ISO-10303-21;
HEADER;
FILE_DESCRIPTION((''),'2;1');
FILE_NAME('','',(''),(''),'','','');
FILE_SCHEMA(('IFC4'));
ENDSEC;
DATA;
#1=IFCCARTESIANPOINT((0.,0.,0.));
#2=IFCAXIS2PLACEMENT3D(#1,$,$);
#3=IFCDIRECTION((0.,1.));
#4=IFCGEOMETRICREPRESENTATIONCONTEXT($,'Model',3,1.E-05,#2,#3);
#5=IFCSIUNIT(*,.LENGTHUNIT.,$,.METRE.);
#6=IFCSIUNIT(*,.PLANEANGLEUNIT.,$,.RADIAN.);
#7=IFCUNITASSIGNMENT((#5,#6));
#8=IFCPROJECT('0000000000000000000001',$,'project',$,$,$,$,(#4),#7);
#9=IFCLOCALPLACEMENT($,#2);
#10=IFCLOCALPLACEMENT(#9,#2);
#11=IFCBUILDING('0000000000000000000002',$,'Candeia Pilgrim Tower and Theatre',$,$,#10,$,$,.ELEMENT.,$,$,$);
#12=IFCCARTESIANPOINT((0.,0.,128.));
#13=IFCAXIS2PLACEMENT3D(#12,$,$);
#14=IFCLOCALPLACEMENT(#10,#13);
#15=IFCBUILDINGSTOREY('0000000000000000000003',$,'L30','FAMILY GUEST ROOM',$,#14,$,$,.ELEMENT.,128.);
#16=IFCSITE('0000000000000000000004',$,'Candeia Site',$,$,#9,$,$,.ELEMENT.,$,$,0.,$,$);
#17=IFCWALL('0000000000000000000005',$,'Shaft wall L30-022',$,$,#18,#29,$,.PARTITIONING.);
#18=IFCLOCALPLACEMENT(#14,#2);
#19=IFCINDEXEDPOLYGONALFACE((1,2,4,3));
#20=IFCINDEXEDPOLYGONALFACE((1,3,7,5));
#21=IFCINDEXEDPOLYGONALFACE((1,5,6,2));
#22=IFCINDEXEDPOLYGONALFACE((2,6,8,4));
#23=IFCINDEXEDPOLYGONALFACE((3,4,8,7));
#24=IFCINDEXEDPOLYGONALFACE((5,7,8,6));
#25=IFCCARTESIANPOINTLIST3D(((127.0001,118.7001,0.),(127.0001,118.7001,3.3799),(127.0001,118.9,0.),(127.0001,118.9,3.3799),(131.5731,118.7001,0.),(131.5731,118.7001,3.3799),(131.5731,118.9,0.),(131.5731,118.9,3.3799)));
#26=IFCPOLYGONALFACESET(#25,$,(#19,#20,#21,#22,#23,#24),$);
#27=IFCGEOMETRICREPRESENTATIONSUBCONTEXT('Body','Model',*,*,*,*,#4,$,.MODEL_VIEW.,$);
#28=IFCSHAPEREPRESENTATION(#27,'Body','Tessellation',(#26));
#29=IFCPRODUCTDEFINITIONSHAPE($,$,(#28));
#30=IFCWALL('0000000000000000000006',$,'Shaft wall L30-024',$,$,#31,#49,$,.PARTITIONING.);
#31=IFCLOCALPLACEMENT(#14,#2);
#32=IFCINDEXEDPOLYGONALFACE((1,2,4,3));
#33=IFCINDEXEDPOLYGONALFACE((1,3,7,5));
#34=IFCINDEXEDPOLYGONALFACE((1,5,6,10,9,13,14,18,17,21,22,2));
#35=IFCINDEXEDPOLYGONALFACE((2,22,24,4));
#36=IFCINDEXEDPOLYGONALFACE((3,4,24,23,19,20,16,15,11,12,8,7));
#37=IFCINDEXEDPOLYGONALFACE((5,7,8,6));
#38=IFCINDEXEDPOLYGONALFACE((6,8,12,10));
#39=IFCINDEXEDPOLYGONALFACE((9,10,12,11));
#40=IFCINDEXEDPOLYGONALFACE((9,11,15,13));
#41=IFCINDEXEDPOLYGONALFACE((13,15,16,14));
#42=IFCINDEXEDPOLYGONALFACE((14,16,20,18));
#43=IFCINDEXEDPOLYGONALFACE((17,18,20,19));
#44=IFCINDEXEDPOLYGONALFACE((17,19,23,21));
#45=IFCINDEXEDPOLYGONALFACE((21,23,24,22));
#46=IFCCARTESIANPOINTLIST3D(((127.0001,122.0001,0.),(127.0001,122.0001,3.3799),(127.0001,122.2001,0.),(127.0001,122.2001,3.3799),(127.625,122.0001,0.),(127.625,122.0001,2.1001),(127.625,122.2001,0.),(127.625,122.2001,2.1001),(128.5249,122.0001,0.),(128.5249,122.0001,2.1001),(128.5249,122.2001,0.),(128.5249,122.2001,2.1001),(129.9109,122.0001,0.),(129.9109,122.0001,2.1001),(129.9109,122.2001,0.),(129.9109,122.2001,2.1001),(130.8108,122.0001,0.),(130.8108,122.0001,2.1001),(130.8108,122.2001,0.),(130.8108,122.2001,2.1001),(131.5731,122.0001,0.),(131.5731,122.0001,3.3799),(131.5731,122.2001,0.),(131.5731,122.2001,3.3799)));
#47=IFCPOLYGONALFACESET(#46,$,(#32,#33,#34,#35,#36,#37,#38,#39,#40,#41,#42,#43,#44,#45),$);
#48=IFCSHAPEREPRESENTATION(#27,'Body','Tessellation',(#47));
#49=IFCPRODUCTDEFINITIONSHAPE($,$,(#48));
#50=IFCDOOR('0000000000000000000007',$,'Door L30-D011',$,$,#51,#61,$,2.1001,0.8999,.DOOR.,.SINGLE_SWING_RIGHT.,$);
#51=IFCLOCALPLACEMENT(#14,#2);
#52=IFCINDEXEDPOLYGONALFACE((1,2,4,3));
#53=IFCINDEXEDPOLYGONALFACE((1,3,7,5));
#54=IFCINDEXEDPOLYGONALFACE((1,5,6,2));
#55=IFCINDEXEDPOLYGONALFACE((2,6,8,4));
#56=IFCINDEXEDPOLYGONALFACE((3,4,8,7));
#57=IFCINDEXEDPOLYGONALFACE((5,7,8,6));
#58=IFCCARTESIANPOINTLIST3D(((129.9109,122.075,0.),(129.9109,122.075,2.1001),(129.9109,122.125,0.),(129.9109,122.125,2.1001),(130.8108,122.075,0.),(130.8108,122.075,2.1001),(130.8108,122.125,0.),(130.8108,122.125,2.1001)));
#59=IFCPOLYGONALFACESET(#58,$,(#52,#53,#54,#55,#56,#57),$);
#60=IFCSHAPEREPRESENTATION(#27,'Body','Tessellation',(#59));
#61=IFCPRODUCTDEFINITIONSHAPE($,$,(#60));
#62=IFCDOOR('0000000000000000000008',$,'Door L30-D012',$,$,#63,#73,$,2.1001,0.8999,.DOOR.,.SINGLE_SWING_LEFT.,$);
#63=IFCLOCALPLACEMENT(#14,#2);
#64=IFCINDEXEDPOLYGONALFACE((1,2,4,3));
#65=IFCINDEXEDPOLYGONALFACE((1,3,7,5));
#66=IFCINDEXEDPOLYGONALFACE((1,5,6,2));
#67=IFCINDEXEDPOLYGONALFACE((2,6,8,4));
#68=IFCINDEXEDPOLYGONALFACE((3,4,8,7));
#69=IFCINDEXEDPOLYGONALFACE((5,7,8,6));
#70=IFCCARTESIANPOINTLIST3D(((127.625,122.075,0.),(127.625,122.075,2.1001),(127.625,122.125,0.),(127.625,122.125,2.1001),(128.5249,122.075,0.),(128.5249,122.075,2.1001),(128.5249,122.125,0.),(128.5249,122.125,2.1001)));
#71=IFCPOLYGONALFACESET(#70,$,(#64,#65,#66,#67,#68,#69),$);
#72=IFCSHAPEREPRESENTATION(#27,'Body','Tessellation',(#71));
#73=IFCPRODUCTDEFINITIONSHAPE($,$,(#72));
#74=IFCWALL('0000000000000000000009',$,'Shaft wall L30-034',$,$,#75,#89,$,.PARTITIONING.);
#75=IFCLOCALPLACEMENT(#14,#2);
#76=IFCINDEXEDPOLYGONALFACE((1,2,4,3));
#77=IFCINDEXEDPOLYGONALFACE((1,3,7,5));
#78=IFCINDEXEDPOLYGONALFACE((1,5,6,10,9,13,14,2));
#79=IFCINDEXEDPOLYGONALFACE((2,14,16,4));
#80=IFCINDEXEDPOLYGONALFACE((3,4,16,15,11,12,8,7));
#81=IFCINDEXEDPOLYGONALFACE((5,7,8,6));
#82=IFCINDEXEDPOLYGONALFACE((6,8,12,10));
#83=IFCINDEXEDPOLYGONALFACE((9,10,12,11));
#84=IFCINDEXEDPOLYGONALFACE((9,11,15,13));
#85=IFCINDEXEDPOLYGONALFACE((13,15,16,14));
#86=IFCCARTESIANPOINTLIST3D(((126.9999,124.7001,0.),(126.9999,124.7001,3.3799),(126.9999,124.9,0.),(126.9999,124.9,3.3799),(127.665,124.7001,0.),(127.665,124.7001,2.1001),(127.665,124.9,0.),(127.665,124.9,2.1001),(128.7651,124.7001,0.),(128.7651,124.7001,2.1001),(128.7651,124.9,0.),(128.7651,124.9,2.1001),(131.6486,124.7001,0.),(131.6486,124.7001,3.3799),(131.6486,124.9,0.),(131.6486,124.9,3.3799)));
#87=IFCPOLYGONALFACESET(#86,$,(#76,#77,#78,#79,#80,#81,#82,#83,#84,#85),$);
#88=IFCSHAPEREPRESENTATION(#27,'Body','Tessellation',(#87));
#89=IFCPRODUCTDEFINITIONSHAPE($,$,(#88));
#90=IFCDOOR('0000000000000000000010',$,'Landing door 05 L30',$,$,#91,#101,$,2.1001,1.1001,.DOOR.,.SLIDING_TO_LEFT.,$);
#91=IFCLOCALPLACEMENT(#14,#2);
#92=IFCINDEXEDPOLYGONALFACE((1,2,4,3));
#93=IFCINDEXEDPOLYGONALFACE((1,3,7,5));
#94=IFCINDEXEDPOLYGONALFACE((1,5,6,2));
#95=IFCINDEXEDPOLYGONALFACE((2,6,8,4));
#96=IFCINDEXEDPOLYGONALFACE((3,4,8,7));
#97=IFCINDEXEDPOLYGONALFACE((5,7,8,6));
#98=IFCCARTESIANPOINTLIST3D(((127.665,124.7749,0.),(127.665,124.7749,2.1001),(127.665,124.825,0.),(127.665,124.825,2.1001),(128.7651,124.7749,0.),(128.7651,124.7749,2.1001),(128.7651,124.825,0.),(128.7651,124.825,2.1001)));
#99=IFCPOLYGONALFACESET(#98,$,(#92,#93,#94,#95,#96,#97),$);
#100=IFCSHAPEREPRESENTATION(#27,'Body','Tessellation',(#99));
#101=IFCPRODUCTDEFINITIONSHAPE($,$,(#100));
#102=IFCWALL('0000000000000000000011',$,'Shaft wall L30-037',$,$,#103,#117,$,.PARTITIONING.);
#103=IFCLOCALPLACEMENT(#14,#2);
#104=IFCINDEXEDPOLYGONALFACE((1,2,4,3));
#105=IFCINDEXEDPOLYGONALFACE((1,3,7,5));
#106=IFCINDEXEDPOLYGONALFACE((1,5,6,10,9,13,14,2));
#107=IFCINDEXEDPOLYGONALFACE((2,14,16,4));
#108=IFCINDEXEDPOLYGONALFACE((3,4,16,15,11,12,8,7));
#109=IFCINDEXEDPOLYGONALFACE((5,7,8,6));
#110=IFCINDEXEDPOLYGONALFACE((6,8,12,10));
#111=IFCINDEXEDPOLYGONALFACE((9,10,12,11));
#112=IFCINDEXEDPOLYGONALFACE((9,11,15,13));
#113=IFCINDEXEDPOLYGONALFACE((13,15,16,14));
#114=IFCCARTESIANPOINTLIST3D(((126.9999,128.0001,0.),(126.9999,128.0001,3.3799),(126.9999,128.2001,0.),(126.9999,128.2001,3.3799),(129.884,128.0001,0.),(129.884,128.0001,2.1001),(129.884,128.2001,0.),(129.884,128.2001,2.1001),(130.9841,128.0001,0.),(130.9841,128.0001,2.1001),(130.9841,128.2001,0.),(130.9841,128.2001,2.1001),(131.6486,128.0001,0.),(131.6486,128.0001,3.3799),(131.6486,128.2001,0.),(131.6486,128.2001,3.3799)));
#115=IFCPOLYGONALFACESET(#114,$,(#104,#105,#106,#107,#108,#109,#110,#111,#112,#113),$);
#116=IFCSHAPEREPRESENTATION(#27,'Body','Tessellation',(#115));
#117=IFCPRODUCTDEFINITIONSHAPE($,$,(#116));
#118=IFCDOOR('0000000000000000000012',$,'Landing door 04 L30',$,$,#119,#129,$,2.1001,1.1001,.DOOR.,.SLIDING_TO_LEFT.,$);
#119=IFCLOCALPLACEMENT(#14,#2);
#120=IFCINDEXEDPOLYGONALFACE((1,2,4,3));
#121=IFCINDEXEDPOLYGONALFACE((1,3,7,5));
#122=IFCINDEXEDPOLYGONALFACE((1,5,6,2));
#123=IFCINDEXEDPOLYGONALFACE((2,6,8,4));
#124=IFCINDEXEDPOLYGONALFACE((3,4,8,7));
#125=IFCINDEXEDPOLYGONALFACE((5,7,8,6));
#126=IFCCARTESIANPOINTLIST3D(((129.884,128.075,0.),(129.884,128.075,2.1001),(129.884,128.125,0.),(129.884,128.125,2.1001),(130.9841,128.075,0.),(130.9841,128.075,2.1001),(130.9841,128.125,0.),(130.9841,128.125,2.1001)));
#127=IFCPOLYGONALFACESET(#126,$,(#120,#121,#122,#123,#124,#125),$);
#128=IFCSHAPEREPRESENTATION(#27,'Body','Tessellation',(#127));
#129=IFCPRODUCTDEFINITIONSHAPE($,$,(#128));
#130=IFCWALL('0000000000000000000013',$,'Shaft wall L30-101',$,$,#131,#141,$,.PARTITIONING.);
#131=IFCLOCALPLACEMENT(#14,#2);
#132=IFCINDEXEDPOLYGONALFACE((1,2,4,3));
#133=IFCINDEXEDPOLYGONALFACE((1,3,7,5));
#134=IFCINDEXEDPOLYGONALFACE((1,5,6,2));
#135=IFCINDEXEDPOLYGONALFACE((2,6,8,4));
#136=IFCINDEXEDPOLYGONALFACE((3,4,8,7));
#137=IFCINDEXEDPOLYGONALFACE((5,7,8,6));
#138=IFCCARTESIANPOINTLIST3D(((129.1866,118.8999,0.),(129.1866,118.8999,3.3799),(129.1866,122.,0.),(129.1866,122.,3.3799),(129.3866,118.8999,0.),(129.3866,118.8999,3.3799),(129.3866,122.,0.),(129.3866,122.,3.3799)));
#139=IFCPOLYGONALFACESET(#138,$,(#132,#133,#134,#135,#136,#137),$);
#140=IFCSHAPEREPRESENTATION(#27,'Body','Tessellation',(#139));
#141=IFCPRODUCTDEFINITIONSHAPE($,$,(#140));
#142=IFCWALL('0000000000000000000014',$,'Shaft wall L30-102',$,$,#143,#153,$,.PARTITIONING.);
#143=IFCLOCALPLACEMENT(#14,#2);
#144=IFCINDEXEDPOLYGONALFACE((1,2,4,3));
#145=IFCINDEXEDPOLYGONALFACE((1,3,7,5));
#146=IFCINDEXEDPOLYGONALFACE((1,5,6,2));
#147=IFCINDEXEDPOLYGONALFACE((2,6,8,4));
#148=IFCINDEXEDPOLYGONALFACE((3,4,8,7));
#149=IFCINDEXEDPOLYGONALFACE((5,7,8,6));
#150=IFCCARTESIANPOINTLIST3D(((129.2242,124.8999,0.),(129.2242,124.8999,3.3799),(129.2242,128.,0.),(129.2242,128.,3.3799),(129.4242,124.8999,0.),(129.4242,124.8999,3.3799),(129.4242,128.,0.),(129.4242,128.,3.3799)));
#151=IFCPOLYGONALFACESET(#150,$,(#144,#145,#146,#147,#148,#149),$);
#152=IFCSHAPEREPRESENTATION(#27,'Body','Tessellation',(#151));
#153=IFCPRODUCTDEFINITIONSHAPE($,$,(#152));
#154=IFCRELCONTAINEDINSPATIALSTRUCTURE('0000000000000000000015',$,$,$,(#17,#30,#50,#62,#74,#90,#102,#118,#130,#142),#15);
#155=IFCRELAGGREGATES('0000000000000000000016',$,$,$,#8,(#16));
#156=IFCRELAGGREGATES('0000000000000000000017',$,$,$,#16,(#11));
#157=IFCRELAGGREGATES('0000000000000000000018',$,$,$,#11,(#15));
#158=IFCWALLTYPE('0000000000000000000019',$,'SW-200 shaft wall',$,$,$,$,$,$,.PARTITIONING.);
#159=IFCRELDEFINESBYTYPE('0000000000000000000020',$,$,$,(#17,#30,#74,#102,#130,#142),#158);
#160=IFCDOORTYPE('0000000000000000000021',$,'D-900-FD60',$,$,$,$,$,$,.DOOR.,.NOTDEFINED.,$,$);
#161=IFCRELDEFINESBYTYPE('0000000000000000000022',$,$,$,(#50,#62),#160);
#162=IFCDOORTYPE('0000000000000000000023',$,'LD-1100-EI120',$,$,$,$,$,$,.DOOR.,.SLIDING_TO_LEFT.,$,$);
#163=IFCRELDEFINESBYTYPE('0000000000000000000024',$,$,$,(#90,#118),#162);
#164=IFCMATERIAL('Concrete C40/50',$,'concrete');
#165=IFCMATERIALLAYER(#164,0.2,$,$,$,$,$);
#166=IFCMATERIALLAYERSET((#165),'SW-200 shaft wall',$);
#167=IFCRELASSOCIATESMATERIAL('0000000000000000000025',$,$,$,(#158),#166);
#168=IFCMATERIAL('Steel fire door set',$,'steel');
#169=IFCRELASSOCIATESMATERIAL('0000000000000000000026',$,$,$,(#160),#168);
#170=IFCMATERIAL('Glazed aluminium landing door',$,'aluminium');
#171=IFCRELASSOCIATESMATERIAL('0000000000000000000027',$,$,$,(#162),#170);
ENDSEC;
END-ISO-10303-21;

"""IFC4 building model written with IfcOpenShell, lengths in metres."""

from ifc_helpers import new_model, si_unit, direction, frame, frame_2d, origin, place, context, subcontext, project, spatial, rectangle, extrude, material, layer, layer_set, type_object, element, fill, save


model = new_model("IFC4")

# Units and contexts
model_context = context("Model", 3, precision=1e-05, world=origin(), true_north=direction((0.0, 1.0)))
body_context = subcontext(model_context, "Body", "Model", "MODEL_VIEW")
ifc_project = project(units=[si_unit("LENGTHUNIT", "METRE"), si_unit("PLANEANGLEUNIT", "RADIAN")], contexts=[model_context])

# Site, building, storey
site_placement = place(None, origin())
site = spatial("IfcSite", under=ifc_project, at=site_placement, Name="Candeia Site", CompositionType="ELEMENT", RefElevation=0.0)
building_placement = place(site_placement, origin())
building = spatial("IfcBuilding", under=site, at=building_placement, Name="Candeia Pilgrim Tower and Theatre", CompositionType="ELEMENT")
storey_placement = place(building_placement, frame((0.0, 0.0, 128.0)))
storey = spatial("IfcBuildingStorey", under=building, at=storey_placement, Name="L30", Description="FAMILY GUEST ROOM", CompositionType="ELEMENT", Elevation=128.0)

# Shared definitions
ifc_material_1 = material(Name="Steel fire door set", Category="steel")

# Wall
ifc_material_2 = material(Name="Concrete C40/50", Category="concrete")
ifc_layer_1 = layer(ifc_material_2, 0.2)
ifc_layer_set_1 = layer_set([ifc_layer_1], Name="SW-200 shaft wall")
wall_type_1 = type_object("IfcWallType", Name="SW-200 shaft wall", PredefinedType="PARTITIONING", material=ifc_layer_set_1)
wall_1_placement = place(storey_placement, frame((127.0, 118.8, 0.0), z_axis=(0.0, 0.0, 1.0), x_axis=(1.0, 0.0, 0.0)))
element("IfcWall", 1, at=wall_1_placement, inside=storey, type_object=wall_type_1, Name="Shaft wall L30-022", PredefinedType="PARTITIONING", context=body_context, shape_type="SweptSolid", body=[
    extrude(rectangle(XDim=4.573, YDim=0.2, at=frame_2d((2.2866, 0.0))), origin(), (0.0, 0.0, 1.0), 3.3799),
])

# Wall, openings, doors
wall_2_placement = place(storey_placement, frame((127.0, 122.1001, 0.0), z_axis=(0.0, 0.0, 1.0), x_axis=(1.0, 0.0, 0.0)))
wall_2 = element("IfcWall", 2, at=wall_2_placement, inside=storey, type_object=wall_type_1, Name="Shaft wall L30-024", PredefinedType="PARTITIONING", context=body_context, shape_type="SweptSolid", body=[
    extrude(rectangle(XDim=4.573, YDim=0.2, at=frame_2d((2.2866, 0.0))), origin(), (0.0, 0.0, 1.0), 3.3799),
])
opening_1_placement = place(wall_2_placement, frame((2.9109, 0.0, 0.0)))
opening_1 = element("IfcOpeningElement", 3, at=opening_1_placement, cuts=wall_2, PredefinedType="OPENING", context=body_context, shape_type="SweptSolid", body=[
    extrude(rectangle(XDim=0.8999, YDim=2.1001, at=frame_2d((0.45, 1.05))), frame((0.0, 0.1099, 0.0), z_axis=(0.0, -1.0, 0.0), x_axis=(1.0, 0.0, 0.0)), (0.0, 0.0, 1.0), 0.22),
])
opening_2_placement = place(wall_2_placement, frame((0.625, 0.0, 0.0)))
opening_2 = element("IfcOpeningElement", 4, at=opening_2_placement, cuts=wall_2, PredefinedType="OPENING", context=body_context, shape_type="SweptSolid", body=[
    extrude(rectangle(XDim=0.8999, YDim=2.1001, at=frame_2d((0.45, 1.05))), frame((0.0, 0.1099, 0.0), z_axis=(0.0, -1.0, 0.0), x_axis=(1.0, 0.0, 0.0)), (0.0, 0.0, 1.0), 0.22),
])
door_type_1 = type_object("IfcDoorType", Name="D-900-FD60", OperationType="NOTDEFINED", PredefinedType="DOOR", material=ifc_material_1)
door_1_placement = place(opening_1_placement, origin())
door_1 = element("IfcDoor", 5, at=door_1_placement, inside=storey, type_object=door_type_1, Name="Door L30-D011", OperationType="SINGLE_SWING_RIGHT", OverallHeight=2.1001, OverallWidth=0.8999, PredefinedType="DOOR", context=body_context, shape_type="SweptSolid", body=[
    extrude(rectangle(XDim=0.8999, YDim=2.1001, at=frame_2d((0.45, 1.05))), frame((0.0, 0.0249, 0.0), z_axis=(0.0, -1.0, 0.0), x_axis=(1.0, 0.0, 0.0)), (0.0, 0.0, 1.0), 0.05),
])
fill(opening_1, door_1)
door_2_placement = place(opening_2_placement, origin())
door_2 = element("IfcDoor", 6, at=door_2_placement, inside=storey, type_object=door_type_1, Name="Door L30-D012", OperationType="SINGLE_SWING_LEFT", OverallHeight=2.1001, OverallWidth=0.8999, PredefinedType="DOOR", context=body_context, shape_type="SweptSolid", body=[
    extrude(rectangle(XDim=0.8999, YDim=2.1001, at=frame_2d((0.45, 1.05))), frame((0.0, 0.0249, 0.0), z_axis=(0.0, -1.0, 0.0), x_axis=(1.0, 0.0, 0.0)), (0.0, 0.0, 1.0), 0.05),
])
fill(opening_2, door_2)

# Walls, openings, doors
wall_3_placement = place(storey_placement, frame((127.0, 124.8, 0.0), z_axis=(0.0, 0.0, 1.0), x_axis=(1.0, 0.0, 0.0)))
wall_3 = element("IfcWall", 7, at=wall_3_placement, inside=storey, type_object=wall_type_1, Name="Shaft wall L30-034", PredefinedType="PARTITIONING", context=body_context, shape_type="SweptSolid", body=[
    extrude(rectangle(XDim=4.6487, YDim=0.2, at=frame_2d((2.3242, 0.0))), origin(), (0.0, 0.0, 1.0), 3.3799),
])
opening_3_placement = place(wall_3_placement, frame((0.665, 0.0, 0.0)))
opening_3 = element("IfcOpeningElement", 8, at=opening_3_placement, cuts=wall_3, PredefinedType="OPENING", context=body_context, shape_type="SweptSolid", body=[
    extrude(rectangle(XDim=1.1001, YDim=2.1001, at=frame_2d((0.55, 1.05))), frame((0.0, 0.1099, 0.0), z_axis=(0.0, -1.0, 0.0), x_axis=(1.0, 0.0, 0.0)), (0.0, 0.0, 1.0), 0.22),
])
ifc_material_3 = material(Name="Glazed aluminium landing door", Category="aluminium")
door_type_2 = type_object("IfcDoorType", Name="LD-1100-EI120", OperationType="SLIDING_TO_LEFT", PredefinedType="DOOR", material=ifc_material_3)
door_3_placement = place(opening_3_placement, origin())
door_3 = element("IfcDoor", 9, at=door_3_placement, inside=storey, type_object=door_type_2, Name="Landing door 05 L30", OperationType="SLIDING_TO_LEFT", OverallHeight=2.1001, OverallWidth=1.1001, PredefinedType="DOOR", context=body_context, shape_type="SweptSolid", body=[
    extrude(rectangle(XDim=1.1001, YDim=2.1001, at=frame_2d((0.55, 1.05))), frame((0.0, 0.0249, 0.0), z_axis=(0.0, -1.0, 0.0), x_axis=(1.0, 0.0, 0.0)), (0.0, 0.0, 1.0), 0.05),
])
fill(opening_3, door_3)
wall_4_placement = place(storey_placement, frame((127.0, 128.1001, 0.0), z_axis=(0.0, 0.0, 1.0), x_axis=(1.0, 0.0, 0.0)))
wall_4 = element("IfcWall", 10, at=wall_4_placement, inside=storey, type_object=wall_type_1, Name="Shaft wall L30-037", PredefinedType="PARTITIONING", context=body_context, shape_type="SweptSolid", body=[
    extrude(rectangle(XDim=4.6487, YDim=0.2, at=frame_2d((2.3242, 0.0))), origin(), (0.0, 0.0, 1.0), 3.3799),
])
opening_4_placement = place(wall_4_placement, frame((2.884, 0.0, 0.0)))
opening_4 = element("IfcOpeningElement", 11, at=opening_4_placement, cuts=wall_4, PredefinedType="OPENING", context=body_context, shape_type="SweptSolid", body=[
    extrude(rectangle(XDim=1.1001, YDim=2.1001, at=frame_2d((0.55, 1.05))), frame((0.0, 0.1099, 0.0), z_axis=(0.0, -1.0, 0.0), x_axis=(1.0, 0.0, 0.0)), (0.0, 0.0, 1.0), 0.22),
])
door_4_placement = place(opening_4_placement, origin())
door_4 = element("IfcDoor", 12, at=door_4_placement, inside=storey, type_object=door_type_2, Name="Landing door 04 L30", OperationType="SLIDING_TO_LEFT", OverallHeight=2.1001, OverallWidth=1.1001, PredefinedType="DOOR", context=body_context, shape_type="SweptSolid", body=[
    extrude(rectangle(XDim=1.1001, YDim=2.1001, at=frame_2d((0.55, 1.05))), frame((0.0, 0.0249, 0.0), z_axis=(0.0, -1.0, 0.0), x_axis=(1.0, 0.0, 0.0)), (0.0, 0.0, 1.0), 0.05),
])
fill(opening_4, door_4)

# Walls
for number, where, z_axis, x_axis, name in (
    (13, (129.2866, 118.8999, 0.0), (0.0, 0.0, 1.0), (0.0, 1.0, 0.0), "Shaft wall L30-101"),
    (14, (129.3242, 124.8999, 0.0), (0.0, 0.0, 1.0), (0.0, 1.0, 0.0), "Shaft wall L30-102"),
):
    element("IfcWall", number, at=place(storey_placement, frame(where, z_axis=z_axis, x_axis=x_axis)), inside=storey, type_object=wall_type_1, Name=name, PredefinedType="PARTITIONING", context=body_context, shape_type="SweptSolid", body=[
        extrude(rectangle(XDim=3.1001, YDim=0.2, at=frame_2d((1.55, 0.0))), origin(), (0.0, 0.0, 1.0), 3.3799),
    ])

save(model, "model.ifc")
